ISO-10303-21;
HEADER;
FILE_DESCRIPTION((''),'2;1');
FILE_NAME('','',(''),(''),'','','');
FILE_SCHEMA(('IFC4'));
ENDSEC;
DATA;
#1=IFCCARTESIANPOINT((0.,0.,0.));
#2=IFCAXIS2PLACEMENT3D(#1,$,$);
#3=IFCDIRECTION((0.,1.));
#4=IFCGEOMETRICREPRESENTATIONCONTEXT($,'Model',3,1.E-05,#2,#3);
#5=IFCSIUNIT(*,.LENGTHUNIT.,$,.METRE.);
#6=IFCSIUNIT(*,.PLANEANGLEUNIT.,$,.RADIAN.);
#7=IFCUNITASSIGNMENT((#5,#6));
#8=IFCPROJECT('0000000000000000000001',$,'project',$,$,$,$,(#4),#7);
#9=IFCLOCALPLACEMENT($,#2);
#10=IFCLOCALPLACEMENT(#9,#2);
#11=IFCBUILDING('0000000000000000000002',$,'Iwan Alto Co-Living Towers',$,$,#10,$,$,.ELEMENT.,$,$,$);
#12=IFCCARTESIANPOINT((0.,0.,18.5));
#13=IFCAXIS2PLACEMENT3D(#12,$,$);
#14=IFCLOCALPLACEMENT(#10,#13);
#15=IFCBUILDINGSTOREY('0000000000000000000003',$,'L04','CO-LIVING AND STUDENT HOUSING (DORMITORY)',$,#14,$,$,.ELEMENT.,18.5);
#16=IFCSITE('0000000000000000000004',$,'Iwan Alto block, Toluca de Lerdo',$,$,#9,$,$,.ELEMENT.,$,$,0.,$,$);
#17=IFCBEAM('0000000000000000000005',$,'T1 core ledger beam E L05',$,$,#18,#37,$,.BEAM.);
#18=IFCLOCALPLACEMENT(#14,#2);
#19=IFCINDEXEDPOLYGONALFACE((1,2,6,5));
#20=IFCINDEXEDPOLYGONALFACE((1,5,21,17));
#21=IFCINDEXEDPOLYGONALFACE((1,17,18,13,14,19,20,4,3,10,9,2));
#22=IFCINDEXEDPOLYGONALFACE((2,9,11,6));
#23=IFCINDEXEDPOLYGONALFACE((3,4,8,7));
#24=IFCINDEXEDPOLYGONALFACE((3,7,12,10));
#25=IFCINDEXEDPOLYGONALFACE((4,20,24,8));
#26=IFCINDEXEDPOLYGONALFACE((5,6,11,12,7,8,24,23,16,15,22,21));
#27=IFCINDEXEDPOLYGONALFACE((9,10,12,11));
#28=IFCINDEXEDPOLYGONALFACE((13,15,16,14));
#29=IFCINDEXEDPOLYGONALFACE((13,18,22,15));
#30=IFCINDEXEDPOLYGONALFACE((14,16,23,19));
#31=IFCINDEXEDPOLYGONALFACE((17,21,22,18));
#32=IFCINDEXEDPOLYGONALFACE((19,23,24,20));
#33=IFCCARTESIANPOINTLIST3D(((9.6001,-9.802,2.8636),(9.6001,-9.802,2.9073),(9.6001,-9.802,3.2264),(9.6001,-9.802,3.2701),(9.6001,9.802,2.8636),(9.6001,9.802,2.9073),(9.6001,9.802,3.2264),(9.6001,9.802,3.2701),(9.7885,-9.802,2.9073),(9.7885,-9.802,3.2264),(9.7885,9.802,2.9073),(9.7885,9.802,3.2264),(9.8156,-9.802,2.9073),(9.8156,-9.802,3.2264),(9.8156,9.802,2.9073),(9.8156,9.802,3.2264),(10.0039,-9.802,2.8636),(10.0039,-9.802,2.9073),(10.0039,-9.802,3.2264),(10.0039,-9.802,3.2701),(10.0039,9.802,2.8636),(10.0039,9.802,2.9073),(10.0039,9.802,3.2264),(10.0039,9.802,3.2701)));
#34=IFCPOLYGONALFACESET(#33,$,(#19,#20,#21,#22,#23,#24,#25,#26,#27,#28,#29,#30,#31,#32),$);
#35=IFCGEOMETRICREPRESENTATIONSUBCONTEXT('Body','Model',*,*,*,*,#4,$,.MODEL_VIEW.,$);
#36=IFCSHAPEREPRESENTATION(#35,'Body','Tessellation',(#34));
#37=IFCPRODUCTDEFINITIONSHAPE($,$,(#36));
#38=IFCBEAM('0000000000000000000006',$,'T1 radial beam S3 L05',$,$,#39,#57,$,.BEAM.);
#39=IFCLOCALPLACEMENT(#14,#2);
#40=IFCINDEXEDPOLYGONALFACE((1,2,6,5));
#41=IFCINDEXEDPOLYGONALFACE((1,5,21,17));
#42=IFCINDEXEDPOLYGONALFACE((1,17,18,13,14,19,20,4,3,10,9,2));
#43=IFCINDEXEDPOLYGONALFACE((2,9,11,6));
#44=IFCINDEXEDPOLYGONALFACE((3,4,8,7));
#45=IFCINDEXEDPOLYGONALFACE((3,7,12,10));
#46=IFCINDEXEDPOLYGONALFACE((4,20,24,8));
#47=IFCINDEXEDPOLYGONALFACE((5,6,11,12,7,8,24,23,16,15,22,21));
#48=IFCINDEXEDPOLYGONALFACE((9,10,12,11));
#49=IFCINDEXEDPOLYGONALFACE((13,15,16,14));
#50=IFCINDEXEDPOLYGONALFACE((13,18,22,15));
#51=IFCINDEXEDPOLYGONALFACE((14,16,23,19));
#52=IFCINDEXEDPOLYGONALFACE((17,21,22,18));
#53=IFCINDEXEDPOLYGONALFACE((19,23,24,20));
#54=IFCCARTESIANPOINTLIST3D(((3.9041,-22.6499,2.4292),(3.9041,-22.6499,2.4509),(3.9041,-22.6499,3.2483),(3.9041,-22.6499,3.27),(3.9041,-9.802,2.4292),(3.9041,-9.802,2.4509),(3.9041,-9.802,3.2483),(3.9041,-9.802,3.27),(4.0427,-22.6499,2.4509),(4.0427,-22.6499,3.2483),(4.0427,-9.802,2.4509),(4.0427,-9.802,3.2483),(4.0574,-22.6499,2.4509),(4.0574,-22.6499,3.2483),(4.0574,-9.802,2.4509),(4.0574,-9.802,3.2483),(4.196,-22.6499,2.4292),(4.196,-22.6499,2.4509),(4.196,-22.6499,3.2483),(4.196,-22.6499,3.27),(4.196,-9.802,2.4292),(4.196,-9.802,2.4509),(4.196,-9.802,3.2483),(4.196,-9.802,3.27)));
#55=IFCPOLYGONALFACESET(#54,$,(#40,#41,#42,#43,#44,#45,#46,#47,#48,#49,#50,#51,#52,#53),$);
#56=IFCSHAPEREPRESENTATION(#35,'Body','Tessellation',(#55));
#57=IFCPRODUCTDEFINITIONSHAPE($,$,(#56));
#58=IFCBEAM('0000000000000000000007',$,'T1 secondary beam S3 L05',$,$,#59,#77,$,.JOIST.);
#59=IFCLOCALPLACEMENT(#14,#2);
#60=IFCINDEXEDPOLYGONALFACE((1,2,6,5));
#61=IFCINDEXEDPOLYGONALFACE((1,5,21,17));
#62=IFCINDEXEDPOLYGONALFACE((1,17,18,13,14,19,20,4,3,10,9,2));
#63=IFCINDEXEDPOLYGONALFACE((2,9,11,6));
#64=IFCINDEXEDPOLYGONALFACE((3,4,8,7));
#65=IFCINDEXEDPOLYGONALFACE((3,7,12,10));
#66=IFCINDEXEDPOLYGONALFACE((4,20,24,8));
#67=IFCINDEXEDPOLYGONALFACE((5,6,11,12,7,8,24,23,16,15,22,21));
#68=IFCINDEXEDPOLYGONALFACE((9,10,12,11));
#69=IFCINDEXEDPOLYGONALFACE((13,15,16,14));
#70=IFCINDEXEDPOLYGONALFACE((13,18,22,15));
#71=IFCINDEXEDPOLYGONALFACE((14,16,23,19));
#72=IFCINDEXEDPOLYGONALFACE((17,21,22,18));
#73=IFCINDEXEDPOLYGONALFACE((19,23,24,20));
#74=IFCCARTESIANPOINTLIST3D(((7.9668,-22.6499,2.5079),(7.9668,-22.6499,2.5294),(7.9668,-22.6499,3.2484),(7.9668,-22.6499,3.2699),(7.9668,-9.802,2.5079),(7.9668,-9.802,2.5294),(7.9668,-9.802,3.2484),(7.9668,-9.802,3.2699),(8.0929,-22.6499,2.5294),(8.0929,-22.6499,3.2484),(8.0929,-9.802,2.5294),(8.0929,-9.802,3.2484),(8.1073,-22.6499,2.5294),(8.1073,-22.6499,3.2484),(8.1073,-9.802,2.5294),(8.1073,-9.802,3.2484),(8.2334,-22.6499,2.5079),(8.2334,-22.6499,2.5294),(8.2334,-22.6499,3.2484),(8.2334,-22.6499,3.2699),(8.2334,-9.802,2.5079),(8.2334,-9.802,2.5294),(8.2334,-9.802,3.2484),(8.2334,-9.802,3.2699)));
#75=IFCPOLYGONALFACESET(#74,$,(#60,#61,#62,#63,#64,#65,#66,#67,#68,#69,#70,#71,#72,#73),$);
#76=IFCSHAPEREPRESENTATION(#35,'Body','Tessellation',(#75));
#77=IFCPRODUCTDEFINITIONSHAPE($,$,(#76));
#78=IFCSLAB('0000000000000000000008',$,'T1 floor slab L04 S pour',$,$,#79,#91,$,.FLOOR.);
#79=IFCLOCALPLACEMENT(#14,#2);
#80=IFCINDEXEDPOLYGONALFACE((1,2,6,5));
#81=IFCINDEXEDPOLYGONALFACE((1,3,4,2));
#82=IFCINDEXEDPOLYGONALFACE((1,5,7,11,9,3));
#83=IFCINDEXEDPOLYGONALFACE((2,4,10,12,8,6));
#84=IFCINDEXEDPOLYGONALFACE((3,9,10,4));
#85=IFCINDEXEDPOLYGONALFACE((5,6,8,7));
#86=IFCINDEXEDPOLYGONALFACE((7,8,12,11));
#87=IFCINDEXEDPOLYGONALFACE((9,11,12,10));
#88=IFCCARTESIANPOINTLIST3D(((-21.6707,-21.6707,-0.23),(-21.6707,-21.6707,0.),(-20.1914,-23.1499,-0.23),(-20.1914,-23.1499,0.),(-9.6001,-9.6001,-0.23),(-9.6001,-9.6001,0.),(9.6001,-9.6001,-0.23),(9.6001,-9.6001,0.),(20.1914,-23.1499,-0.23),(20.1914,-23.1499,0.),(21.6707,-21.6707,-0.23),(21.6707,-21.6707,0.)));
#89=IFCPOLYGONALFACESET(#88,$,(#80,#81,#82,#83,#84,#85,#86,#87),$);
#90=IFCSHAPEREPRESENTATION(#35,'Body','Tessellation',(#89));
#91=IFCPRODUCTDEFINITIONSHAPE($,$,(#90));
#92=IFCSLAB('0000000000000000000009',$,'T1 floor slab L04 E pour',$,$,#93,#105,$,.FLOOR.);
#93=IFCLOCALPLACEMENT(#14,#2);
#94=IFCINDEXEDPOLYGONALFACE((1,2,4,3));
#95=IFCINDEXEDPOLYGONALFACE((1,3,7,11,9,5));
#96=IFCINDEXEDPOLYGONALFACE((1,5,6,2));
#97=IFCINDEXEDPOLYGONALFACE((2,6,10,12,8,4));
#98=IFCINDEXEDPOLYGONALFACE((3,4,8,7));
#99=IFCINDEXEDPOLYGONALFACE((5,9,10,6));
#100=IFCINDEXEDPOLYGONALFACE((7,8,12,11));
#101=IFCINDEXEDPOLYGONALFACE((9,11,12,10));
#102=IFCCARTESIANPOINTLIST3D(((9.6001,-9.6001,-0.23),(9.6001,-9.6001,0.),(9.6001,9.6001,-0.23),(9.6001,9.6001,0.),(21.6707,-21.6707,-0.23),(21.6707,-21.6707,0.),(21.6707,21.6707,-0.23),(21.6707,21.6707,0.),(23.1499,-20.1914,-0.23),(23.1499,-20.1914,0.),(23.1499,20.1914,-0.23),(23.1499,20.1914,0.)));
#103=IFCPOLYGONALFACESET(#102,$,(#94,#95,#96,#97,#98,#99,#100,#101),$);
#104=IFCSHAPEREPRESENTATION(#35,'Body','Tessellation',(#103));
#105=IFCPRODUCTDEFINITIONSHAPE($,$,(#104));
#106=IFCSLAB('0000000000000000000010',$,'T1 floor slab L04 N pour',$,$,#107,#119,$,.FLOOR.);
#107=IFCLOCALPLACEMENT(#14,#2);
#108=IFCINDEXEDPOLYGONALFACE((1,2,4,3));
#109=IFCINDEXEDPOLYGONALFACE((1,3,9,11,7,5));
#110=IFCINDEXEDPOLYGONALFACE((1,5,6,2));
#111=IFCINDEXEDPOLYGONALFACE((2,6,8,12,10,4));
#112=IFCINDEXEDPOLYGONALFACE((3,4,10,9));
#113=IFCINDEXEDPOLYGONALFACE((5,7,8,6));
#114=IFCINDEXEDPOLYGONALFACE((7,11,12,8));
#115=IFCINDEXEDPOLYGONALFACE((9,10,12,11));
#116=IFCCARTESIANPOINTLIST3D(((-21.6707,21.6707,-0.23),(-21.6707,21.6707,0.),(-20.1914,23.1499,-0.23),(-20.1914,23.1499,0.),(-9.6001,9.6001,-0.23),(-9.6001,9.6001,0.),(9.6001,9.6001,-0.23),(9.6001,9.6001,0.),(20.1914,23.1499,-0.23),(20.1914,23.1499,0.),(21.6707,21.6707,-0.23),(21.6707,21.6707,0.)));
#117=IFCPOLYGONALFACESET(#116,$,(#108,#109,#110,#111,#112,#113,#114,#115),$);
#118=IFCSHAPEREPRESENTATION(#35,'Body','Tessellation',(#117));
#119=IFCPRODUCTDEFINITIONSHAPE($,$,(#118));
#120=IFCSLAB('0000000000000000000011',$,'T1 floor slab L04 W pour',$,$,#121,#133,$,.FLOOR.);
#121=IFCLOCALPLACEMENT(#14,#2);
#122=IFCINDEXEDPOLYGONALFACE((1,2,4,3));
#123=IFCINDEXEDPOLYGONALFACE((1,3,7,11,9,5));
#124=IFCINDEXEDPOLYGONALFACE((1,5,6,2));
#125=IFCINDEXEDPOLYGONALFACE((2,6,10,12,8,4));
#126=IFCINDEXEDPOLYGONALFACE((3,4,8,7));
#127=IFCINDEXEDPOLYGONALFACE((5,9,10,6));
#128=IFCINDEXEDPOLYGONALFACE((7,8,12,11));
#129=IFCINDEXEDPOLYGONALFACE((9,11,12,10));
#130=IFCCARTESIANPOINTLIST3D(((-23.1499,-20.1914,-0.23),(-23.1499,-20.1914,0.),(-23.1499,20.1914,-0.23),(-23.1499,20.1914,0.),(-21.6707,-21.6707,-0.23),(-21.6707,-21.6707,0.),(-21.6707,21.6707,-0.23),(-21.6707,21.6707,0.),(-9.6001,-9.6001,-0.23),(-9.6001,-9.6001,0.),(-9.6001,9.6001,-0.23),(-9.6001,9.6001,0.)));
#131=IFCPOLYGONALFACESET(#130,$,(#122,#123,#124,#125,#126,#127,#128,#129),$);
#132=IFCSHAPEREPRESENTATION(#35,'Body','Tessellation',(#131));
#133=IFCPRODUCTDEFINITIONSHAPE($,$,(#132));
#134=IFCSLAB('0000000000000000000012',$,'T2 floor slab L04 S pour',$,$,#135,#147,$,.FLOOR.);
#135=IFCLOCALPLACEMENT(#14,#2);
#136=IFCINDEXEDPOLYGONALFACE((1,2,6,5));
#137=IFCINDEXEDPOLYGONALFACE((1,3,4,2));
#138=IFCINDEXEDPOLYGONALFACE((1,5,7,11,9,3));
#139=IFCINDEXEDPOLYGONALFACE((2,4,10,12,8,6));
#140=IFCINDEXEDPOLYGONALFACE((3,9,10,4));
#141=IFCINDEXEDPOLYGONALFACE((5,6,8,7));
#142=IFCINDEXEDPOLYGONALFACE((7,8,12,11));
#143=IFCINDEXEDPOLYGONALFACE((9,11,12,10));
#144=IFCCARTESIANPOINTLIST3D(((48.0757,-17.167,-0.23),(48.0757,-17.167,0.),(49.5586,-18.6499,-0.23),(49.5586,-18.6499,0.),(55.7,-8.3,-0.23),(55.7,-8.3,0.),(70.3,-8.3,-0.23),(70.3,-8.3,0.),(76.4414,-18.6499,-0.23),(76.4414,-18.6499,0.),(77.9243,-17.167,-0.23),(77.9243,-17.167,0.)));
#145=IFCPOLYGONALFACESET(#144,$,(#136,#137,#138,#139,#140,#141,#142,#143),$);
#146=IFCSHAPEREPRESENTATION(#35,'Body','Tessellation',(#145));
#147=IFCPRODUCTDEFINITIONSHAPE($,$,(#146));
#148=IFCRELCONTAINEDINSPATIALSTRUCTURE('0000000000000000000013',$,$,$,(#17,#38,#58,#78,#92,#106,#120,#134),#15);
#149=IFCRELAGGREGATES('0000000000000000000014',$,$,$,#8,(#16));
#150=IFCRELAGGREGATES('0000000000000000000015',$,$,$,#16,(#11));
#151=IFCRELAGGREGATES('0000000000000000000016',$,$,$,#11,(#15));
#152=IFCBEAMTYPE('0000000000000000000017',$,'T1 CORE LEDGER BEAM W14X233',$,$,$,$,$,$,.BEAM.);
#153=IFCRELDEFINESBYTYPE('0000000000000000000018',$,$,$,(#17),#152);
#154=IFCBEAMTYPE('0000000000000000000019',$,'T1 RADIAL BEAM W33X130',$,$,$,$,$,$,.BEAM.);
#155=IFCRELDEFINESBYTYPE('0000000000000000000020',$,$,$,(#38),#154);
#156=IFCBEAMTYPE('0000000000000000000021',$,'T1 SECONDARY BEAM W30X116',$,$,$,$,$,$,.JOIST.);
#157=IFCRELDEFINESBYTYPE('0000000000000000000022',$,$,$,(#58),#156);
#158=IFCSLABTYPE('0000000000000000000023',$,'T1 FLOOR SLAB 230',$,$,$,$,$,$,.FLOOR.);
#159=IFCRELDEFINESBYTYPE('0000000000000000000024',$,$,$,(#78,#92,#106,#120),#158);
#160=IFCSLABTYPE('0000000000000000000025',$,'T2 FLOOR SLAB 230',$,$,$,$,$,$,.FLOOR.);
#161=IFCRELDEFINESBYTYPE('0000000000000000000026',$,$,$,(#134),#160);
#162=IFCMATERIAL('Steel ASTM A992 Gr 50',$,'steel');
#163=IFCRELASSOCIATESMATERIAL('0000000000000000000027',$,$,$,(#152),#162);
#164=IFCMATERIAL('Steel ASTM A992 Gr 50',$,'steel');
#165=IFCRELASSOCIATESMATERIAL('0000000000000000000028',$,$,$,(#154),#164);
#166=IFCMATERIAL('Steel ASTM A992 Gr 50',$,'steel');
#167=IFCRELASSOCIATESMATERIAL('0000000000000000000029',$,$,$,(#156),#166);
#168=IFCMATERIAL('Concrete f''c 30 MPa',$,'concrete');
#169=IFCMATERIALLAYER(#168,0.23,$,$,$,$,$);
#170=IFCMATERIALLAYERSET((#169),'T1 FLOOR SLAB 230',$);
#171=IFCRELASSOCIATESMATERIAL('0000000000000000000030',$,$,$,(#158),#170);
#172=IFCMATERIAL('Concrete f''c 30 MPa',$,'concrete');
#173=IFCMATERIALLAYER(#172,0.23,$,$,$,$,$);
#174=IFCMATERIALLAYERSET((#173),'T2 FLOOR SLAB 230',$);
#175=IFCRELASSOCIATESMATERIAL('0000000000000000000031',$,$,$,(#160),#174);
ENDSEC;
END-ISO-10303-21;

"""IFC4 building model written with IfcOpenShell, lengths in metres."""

from ifc_helpers import new_model, si_unit, direction, frame, origin, origin_2d, place, context, subcontext, project, spatial, polyline, i_section, outline, extrude, material, layer, layer_set, material_profile, profile_set, type_object, element, save


model = new_model("IFC4")

# Units and contexts
model_context = context("Model", 3, precision=1e-05, world=origin(), true_north=direction((0.0, 1.0)))
body_context = subcontext(model_context, "Body", "Model", "MODEL_VIEW")
ifc_project = project(units=[si_unit("LENGTHUNIT", "METRE"), si_unit("PLANEANGLEUNIT", "RADIAN")], contexts=[model_context])

# Site, building, storey
site_placement = place(None, origin())
site = spatial("IfcSite", under=ifc_project, at=site_placement, Name="Iwan Alto block, Toluca de Lerdo", CompositionType="ELEMENT", RefElevation=0.0)
building_placement = place(site_placement, origin())
building = spatial("IfcBuilding", under=site, at=building_placement, Name="Iwan Alto Co-Living Towers", CompositionType="ELEMENT")
storey_placement = place(building_placement, frame((0.0, 0.0, 18.5)))
storey = spatial("IfcBuildingStorey", under=building, at=storey_placement, Name="L04", Description="CO-LIVING AND STUDENT HOUSING (DORMITORY)", CompositionType="ELEMENT", Elevation=18.5)

# Beams
ifc_material_1 = material(Name="Steel ASTM A992 Gr 50", Category="steel")
ifc_material_profile_1 = material_profile(ifc_material_1, i_section(OverallWidth=0.4038, OverallDepth=0.4065, WebThickness=0.0271, FlangeThickness=0.0437, at=origin_2d()), Name="W14X233")
ifc_profile_set_1 = profile_set([ifc_material_profile_1], Name="Steel ASTM A992 Gr 50")
beam_type_1 = type_object("IfcBeamType", Name="T1 CORE LEDGER BEAM W14X233", PredefinedType="BEAM", material=ifc_profile_set_1)
beam_1_placement = place(storey_placement, frame((9.802, -9.802, 3.0669), z_axis=(0.0, 1.0, 0.0), x_axis=(-1.0, 0.0, 0.0)))
element("IfcBeam", 1, at=beam_1_placement, inside=storey, type_object=beam_type_1, Name="T1 core ledger beam E L05", PredefinedType="BEAM", context=body_context, shape_type="SweptSolid", body=[
    extrude(i_section(OverallWidth=0.4038, OverallDepth=0.4065, WebThickness=0.0271, FlangeThickness=0.0437, at=origin_2d()), origin(), (0.0, 0.0, 1.0), 19.604),
])
ifc_material_2 = material(Name="Steel ASTM A992 Gr 50", Category="steel")
ifc_material_profile_2 = material_profile(ifc_material_2, i_section(OverallWidth=0.292, OverallDepth=0.8408, WebThickness=0.0146, FlangeThickness=0.0217, at=origin_2d()), Name="W33X130")
ifc_profile_set_2 = profile_set([ifc_material_profile_2], Name="Steel ASTM A992 Gr 50")
beam_type_2 = type_object("IfcBeamType", Name="T1 RADIAL BEAM W33X130", PredefinedType="BEAM", material=ifc_profile_set_2)
beam_2_placement = place(storey_placement, frame((4.05, -22.6499, 2.8496), z_axis=(0.0, 1.0, 0.0), x_axis=(-1.0, 0.0, 0.0)))
element("IfcBeam", 2, at=beam_2_placement, inside=storey, type_object=beam_type_2, Name="T1 radial beam S3 L05", PredefinedType="BEAM", context=body_context, shape_type="SweptSolid", body=[
    extrude(i_section(OverallWidth=0.292, OverallDepth=0.8408, WebThickness=0.0146, FlangeThickness=0.0217, at=origin_2d()), origin(), (0.0, 0.0, 1.0), 12.8479),
])
ifc_material_3 = material(Name="Steel ASTM A992 Gr 50", Category="steel")
ifc_material_profile_3 = material_profile(ifc_material_3, i_section(OverallWidth=0.2666, OverallDepth=0.762, WebThickness=0.0144, FlangeThickness=0.0215, at=origin_2d()), Name="W30X116")
ifc_profile_set_3 = profile_set([ifc_material_profile_3], Name="Steel ASTM A992 Gr 50")
beam_type_3 = type_object("IfcBeamType", Name="T1 SECONDARY BEAM W30X116", PredefinedType="JOIST", material=ifc_profile_set_3)
beam_3_placement = place(storey_placement, frame((8.1001, -22.6499, 2.8889), z_axis=(0.0, 1.0, 0.0), x_axis=(-1.0, 0.0, 0.0)))
element("IfcBeam", 3, at=beam_3_placement, inside=storey, type_object=beam_type_3, Name="T1 secondary beam S3 L05", PredefinedType="JOIST", context=body_context, shape_type="SweptSolid", body=[
    extrude(i_section(OverallWidth=0.2666, OverallDepth=0.762, WebThickness=0.0144, FlangeThickness=0.0215, at=origin_2d()), origin(), (0.0, 0.0, 1.0), 12.8479),
])

# Slabs
ifc_material_4 = material(Name="Concrete f'c 30 MPa", Category="concrete")
ifc_layer_1 = layer(ifc_material_4, 0.23)
ifc_layer_set_1 = layer_set([ifc_layer_1], Name="T1 FLOOR SLAB 230")
slab_type_1 = type_object("IfcSlabType", Name="T1 FLOOR SLAB 230", PredefinedType="FLOOR", material=ifc_layer_set_1)
slab_1_placement = place(storey_placement, frame((0.0, 0.0, -0.23)))
element("IfcSlab", 4, at=slab_1_placement, inside=storey, type_object=slab_type_1, Name="T1 floor slab L04 S pour", PredefinedType="FLOOR", context=body_context, shape_type="SweptSolid", body=[
    extrude(outline(polyline([(20.1914, -23.1499), (-20.1914, -23.1499), (-21.6707, -21.6707), (-9.6001, -9.6001), (9.6001, -9.6001), (21.6707, -21.6707), (20.1914, -23.1499)])), origin(), (0.0, 0.0, 1.0), 0.23),
])
slab_2_placement = place(storey_placement, frame((0.0, 0.0, -0.23)))
element("IfcSlab", 5, at=slab_2_placement, inside=storey, type_object=slab_type_1, Name="T1 floor slab L04 E pour", PredefinedType="FLOOR", context=body_context, shape_type="SweptSolid", body=[
    extrude(outline(polyline([(23.1499, 20.1914), (23.1499, -20.1914), (21.6707, -21.6707), (9.6001, -9.6001), (9.6001, 9.6001), (21.6707, 21.6707), (23.1499, 20.1914)])), origin(), (0.0, 0.0, 1.0), 0.23),
])
slab_3_placement = place(storey_placement, frame((0.0, 0.0, -0.23)))
element("IfcSlab", 6, at=slab_3_placement, inside=storey, type_object=slab_type_1, Name="T1 floor slab L04 N pour", PredefinedType="FLOOR", context=body_context, shape_type="SweptSolid", body=[
    extrude(outline(polyline([(-20.1914, 23.1499), (20.1914, 23.1499), (21.6707, 21.6707), (9.6001, 9.6001), (-9.6001, 9.6001), (-21.6707, 21.6707), (-20.1914, 23.1499)])), origin(), (0.0, 0.0, 1.0), 0.23),
])
slab_4_placement = place(storey_placement, frame((0.0, 0.0, -0.23)))
element("IfcSlab", 7, at=slab_4_placement, inside=storey, type_object=slab_type_1, Name="T1 floor slab L04 W pour", PredefinedType="FLOOR", context=body_context, shape_type="SweptSolid", body=[
    extrude(outline(polyline([(-23.1499, 20.1914), (-21.6707, 21.6707), (-9.6001, 9.6001), (-9.6001, -9.6001), (-21.6707, -21.6707), (-23.1499, -20.1914), (-23.1499, 20.1914)])), origin(), (0.0, 0.0, 1.0), 0.23),
])
ifc_material_5 = material(Name="Concrete f'c 30 MPa", Category="concrete")
ifc_layer_2 = layer(ifc_material_5, 0.23)
ifc_layer_set_2 = layer_set([ifc_layer_2], Name="T2 FLOOR SLAB 230")
slab_type_2 = type_object("IfcSlabType", Name="T2 FLOOR SLAB 230", PredefinedType="FLOOR", material=ifc_layer_set_2)
slab_5_placement = place(storey_placement, frame((0.0, 0.0, -0.23)))
element("IfcSlab", 8, at=slab_5_placement, inside=storey, type_object=slab_type_2, Name="T2 floor slab L04 S pour", PredefinedType="FLOOR", context=body_context, shape_type="SweptSolid", body=[
    extrude(outline(polyline([(76.4414, -18.6499), (49.5586, -18.6499), (48.0757, -17.167), (55.7, -8.3), (70.3, -8.3), (77.9243, -17.167), (76.4414, -18.6499)])), origin(), (0.0, 0.0, 1.0), 0.23),
])

save(model, "model.ifc")
